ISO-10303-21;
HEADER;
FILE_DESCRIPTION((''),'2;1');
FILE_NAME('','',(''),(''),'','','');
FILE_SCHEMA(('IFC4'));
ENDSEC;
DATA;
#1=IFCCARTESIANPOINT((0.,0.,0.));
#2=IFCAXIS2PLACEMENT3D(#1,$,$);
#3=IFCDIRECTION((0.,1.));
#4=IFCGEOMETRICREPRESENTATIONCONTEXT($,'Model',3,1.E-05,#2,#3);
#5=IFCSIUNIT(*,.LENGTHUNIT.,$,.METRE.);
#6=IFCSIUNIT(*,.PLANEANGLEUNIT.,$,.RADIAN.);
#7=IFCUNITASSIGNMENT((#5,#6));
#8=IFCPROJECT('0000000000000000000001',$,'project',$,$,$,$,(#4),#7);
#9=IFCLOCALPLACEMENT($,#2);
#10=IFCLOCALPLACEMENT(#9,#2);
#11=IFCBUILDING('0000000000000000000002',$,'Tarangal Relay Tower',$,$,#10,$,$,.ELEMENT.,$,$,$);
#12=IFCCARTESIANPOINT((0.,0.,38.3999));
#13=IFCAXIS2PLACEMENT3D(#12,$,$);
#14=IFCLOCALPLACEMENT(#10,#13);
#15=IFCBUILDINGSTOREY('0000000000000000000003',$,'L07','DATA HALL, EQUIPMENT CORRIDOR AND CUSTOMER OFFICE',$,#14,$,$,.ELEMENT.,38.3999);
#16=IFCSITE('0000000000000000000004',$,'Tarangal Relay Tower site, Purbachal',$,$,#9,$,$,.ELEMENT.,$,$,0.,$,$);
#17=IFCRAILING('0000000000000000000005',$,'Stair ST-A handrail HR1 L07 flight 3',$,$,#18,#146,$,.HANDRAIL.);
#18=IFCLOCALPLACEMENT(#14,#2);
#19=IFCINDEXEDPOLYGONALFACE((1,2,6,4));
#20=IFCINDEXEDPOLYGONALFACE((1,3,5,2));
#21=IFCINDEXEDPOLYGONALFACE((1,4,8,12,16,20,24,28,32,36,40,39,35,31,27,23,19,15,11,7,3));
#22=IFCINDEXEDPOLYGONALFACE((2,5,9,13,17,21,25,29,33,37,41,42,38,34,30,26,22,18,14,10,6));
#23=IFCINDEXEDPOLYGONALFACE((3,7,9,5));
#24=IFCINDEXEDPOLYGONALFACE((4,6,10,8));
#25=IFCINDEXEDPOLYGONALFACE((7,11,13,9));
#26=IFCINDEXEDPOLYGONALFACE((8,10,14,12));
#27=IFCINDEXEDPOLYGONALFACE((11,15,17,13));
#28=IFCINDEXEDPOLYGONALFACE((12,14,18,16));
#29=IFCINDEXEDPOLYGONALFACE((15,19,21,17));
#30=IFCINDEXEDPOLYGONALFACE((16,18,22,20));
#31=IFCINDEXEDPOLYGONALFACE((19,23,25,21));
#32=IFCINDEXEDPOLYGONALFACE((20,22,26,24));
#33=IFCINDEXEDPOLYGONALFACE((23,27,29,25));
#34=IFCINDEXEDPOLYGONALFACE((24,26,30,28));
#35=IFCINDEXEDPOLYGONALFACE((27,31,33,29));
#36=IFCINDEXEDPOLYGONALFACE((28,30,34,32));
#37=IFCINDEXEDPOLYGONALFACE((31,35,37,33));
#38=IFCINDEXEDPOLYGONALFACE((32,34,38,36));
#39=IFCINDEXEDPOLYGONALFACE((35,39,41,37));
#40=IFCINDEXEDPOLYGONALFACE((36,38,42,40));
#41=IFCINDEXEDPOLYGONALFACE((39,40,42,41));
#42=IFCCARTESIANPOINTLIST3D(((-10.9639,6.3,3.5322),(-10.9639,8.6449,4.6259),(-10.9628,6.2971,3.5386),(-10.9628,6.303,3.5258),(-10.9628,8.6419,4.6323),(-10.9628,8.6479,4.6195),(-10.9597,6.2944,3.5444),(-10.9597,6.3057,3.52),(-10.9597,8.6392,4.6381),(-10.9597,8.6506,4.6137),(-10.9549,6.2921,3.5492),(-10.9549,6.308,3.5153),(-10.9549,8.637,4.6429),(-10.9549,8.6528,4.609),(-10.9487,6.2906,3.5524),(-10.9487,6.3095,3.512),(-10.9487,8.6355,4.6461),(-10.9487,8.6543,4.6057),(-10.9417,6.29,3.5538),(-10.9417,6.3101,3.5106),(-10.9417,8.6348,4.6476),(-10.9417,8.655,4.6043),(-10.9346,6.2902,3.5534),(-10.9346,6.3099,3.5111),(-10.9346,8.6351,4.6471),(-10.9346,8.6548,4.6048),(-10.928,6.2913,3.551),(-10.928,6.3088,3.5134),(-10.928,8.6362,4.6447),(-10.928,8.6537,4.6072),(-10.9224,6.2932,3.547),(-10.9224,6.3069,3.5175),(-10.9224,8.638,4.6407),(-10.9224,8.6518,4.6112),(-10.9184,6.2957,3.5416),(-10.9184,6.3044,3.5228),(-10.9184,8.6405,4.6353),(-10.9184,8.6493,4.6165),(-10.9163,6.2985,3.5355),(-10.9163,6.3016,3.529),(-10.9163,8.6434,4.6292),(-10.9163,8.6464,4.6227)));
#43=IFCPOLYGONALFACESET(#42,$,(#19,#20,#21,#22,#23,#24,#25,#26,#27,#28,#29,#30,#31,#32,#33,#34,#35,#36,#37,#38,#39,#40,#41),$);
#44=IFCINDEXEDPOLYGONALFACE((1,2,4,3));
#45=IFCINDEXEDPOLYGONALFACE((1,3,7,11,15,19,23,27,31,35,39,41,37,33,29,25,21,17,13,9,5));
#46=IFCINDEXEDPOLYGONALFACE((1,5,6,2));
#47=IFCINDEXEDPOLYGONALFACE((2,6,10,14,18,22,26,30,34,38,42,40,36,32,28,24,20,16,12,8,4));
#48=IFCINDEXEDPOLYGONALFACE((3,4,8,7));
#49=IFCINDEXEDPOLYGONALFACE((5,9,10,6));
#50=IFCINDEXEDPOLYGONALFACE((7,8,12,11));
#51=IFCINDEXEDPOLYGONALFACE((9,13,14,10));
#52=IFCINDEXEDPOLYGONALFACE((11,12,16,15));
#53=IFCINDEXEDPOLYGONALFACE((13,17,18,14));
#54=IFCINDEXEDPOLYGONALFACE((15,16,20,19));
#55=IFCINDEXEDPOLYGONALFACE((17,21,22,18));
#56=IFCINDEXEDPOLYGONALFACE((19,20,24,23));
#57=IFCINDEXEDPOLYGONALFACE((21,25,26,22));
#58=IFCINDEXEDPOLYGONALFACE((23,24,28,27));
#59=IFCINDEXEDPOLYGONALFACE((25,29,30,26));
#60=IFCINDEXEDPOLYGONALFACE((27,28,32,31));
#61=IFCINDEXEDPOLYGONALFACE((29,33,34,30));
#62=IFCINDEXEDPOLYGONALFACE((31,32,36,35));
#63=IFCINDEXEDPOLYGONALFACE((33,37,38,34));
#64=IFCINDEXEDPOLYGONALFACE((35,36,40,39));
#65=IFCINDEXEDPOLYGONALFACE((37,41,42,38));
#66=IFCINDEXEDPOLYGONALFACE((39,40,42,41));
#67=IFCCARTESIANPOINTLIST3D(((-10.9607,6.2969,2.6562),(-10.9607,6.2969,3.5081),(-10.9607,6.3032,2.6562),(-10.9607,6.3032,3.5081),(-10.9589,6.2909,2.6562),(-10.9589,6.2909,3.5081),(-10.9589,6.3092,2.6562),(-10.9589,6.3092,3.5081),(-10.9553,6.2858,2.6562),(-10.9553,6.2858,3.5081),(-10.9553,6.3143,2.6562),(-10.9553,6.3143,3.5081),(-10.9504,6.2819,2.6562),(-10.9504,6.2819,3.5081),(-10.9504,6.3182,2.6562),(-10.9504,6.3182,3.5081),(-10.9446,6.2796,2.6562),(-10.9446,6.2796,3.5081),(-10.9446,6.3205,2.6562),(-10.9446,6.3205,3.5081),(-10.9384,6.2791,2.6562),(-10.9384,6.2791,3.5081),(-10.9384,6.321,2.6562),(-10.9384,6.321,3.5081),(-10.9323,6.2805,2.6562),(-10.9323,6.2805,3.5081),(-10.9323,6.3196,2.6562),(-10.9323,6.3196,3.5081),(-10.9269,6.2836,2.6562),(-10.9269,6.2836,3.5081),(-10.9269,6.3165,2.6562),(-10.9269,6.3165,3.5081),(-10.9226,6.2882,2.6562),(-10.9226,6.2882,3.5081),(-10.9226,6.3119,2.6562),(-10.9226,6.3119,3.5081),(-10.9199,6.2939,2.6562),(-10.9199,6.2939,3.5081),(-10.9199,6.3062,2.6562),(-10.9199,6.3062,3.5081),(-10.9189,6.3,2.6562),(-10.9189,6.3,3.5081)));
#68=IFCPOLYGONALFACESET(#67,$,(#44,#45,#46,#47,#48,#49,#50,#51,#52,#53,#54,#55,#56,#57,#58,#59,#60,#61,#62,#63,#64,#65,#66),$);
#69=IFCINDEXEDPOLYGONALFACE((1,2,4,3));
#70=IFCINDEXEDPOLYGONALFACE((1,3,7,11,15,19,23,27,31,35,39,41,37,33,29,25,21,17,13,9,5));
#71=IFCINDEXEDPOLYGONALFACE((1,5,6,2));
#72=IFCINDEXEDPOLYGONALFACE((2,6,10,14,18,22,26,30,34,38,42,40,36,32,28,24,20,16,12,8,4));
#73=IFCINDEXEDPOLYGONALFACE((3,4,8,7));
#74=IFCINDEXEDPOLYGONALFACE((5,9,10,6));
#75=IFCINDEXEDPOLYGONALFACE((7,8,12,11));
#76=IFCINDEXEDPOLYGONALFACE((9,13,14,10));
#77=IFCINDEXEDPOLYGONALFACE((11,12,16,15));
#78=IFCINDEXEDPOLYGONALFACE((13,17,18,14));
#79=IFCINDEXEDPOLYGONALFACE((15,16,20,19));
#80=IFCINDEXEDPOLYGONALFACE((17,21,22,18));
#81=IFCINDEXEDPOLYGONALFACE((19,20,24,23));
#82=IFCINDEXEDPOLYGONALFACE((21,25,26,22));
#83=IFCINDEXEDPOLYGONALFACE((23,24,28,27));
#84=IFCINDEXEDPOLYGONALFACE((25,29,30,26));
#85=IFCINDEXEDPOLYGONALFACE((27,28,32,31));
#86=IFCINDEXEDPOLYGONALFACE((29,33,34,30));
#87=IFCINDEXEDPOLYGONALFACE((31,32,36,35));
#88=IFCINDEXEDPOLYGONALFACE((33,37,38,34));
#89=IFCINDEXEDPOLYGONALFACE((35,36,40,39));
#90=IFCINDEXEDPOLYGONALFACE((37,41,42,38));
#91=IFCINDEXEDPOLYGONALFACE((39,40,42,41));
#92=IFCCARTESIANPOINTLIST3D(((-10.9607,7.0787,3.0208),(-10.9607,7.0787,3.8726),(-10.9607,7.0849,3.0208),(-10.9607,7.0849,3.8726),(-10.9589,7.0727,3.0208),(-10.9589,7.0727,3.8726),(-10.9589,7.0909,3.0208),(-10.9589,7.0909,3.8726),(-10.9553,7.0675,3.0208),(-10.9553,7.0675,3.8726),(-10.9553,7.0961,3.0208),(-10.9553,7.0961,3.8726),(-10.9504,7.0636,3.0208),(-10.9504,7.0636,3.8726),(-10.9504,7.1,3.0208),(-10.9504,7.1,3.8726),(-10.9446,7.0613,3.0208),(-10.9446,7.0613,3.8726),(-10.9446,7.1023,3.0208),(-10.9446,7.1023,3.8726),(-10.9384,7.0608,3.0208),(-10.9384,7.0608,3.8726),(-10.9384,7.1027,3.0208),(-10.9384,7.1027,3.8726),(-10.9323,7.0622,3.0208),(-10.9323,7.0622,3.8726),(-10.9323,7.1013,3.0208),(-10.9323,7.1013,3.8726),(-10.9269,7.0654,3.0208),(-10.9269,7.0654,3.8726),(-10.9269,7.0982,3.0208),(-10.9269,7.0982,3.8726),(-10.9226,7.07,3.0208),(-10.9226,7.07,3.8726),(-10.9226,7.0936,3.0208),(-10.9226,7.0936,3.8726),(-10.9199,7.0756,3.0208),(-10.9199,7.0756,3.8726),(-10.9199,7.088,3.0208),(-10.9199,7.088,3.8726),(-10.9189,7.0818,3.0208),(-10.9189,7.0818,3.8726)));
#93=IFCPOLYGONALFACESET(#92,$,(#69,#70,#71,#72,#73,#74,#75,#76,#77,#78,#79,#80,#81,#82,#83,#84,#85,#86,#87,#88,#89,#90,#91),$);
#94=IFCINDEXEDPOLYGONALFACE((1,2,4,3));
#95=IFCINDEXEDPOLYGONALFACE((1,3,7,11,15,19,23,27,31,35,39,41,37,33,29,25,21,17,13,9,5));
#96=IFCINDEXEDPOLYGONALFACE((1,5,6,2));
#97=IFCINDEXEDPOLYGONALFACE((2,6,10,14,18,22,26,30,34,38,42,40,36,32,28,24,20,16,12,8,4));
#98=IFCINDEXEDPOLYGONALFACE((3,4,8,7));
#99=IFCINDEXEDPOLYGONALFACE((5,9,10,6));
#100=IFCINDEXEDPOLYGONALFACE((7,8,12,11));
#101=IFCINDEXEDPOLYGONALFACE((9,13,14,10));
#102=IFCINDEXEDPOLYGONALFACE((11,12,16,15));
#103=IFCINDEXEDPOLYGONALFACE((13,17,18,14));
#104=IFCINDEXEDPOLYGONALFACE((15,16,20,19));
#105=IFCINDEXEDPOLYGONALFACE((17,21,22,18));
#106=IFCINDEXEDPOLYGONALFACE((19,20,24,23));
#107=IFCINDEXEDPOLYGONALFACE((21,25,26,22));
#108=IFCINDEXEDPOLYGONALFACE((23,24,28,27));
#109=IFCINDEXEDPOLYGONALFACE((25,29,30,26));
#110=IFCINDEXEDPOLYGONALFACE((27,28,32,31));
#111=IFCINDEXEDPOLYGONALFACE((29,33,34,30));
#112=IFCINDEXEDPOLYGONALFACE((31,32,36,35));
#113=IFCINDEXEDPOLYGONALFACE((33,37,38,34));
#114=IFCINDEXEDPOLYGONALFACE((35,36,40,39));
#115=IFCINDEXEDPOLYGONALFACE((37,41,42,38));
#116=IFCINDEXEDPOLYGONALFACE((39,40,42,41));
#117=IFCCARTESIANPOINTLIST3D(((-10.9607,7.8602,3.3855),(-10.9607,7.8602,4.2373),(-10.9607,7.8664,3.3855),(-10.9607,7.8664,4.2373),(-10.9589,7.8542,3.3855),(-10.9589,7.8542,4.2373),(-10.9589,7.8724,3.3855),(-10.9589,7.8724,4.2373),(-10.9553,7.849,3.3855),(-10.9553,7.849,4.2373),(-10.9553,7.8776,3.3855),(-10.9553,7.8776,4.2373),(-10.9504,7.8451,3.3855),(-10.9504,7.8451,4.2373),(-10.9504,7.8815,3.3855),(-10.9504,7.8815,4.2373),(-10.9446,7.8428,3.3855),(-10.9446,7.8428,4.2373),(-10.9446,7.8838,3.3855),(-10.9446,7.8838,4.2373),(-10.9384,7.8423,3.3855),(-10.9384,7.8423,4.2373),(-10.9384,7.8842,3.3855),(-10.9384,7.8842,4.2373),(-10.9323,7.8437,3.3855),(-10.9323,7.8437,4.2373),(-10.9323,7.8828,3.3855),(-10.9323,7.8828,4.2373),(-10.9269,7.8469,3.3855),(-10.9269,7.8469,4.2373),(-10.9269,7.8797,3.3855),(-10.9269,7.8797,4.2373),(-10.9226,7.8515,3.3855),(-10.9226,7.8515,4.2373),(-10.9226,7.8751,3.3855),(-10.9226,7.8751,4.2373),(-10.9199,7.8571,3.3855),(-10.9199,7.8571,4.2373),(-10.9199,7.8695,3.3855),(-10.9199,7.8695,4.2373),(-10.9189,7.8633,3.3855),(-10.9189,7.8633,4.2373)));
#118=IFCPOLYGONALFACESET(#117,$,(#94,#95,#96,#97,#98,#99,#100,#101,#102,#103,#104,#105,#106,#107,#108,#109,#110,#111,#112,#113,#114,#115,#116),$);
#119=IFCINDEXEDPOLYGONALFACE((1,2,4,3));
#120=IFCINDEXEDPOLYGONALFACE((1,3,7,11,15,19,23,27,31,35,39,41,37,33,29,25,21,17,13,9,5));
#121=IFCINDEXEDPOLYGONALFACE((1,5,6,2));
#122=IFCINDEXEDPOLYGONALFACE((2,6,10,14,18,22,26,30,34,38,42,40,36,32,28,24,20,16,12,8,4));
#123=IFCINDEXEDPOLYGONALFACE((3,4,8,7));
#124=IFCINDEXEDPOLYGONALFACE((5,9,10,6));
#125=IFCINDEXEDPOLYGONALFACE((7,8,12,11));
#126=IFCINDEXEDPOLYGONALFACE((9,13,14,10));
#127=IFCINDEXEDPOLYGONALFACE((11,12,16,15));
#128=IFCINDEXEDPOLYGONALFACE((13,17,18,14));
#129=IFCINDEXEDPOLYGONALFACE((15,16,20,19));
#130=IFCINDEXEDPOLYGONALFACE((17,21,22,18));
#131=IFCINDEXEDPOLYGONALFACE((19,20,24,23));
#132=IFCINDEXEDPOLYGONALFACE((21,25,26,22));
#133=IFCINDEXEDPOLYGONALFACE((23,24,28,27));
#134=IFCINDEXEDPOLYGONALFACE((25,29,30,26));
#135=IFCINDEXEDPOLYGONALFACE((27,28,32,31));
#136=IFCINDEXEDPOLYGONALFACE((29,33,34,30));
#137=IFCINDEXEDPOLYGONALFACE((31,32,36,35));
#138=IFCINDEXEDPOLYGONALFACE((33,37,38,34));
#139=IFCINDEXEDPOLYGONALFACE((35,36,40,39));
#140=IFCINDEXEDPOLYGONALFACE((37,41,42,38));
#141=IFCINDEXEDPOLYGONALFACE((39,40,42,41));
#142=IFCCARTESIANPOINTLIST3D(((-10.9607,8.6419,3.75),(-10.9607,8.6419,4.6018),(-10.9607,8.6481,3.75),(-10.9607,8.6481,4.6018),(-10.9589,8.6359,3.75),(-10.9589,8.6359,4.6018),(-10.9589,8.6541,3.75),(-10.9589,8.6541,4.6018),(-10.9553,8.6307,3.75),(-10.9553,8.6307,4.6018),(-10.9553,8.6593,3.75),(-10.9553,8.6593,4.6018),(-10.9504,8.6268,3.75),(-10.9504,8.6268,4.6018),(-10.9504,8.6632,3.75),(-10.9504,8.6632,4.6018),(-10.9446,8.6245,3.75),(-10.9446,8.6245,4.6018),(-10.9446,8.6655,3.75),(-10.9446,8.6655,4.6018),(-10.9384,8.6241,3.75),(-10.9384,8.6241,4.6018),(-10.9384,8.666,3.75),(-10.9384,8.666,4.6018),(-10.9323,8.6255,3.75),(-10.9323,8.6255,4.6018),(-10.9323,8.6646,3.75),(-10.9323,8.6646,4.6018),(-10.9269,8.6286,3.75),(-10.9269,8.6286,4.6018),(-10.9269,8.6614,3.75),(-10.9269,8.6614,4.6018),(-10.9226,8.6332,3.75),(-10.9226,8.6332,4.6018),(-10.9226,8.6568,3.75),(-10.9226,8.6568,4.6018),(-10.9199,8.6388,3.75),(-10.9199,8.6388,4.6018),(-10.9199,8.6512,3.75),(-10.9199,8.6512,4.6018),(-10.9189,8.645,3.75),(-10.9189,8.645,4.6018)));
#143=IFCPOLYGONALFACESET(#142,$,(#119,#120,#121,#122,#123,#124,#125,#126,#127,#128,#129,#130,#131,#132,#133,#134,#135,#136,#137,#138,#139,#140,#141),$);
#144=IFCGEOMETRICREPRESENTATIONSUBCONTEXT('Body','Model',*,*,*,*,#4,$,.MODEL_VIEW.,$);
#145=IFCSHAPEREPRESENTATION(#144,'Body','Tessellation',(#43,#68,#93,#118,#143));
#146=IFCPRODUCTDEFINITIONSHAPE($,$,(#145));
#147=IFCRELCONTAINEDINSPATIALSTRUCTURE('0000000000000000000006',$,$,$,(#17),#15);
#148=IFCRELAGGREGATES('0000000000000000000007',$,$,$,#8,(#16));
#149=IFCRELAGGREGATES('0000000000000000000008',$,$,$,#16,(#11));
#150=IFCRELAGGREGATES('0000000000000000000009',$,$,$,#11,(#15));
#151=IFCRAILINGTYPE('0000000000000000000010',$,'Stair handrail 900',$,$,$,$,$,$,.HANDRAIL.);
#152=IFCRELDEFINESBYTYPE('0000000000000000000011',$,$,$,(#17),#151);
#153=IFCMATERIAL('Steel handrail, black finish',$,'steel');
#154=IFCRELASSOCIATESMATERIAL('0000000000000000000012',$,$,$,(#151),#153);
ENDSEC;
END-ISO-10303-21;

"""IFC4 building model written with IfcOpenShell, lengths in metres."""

from ifc_helpers import new_model, si_unit, direction, frame, origin, origin_2d, place, context, subcontext, project, spatial, circle, extrude, material, type_object, element, save


model = new_model("IFC4")

# Units and contexts
model_context = context("Model", 3, precision=1e-05, world=origin(), true_north=direction((0.0, 1.0)))
body_context = subcontext(model_context, "Body", "Model", "MODEL_VIEW")
ifc_project = project(units=[si_unit("LENGTHUNIT", "METRE"), si_unit("PLANEANGLEUNIT", "RADIAN")], contexts=[model_context])

# Site, building, storey
site_placement = place(None, origin())
site = spatial("IfcSite", under=ifc_project, at=site_placement, Name="Tarangal Relay Tower site, Purbachal", CompositionType="ELEMENT", RefElevation=0.0)
building_placement = place(site_placement, origin())
building = spatial("IfcBuilding", under=site, at=building_placement, Name="Tarangal Relay Tower", CompositionType="ELEMENT")
storey_placement = place(building_placement, frame((0.0, 0.0, 38.3999)))
storey = spatial("IfcBuildingStorey", under=building, at=storey_placement, Name="L07", Description="DATA HALL, EQUIPMENT CORRIDOR AND CUSTOMER OFFICE", CompositionType="ELEMENT", Elevation=38.3999)

# Railing
ifc_material_1 = material(Name="Steel handrail, black finish", Category="steel")
railing_type_1 = type_object("IfcRailingType", Name="Stair handrail 900", PredefinedType="HANDRAIL", material=ifc_material_1)
for number, where, name in (
    (1, (-10.9399, 6.3, 2.6562), "Stair ST-A handrail HR1 L07 flight 3"),
):
    element("IfcRailing", number, at=place(storey_placement, frame(where)), inside=storey, type_object=railing_type_1, Name=name, PredefinedType="HANDRAIL", context=body_context, shape_type="SweptSolid", body=[
        extrude(circle(Radius=0.0239, at=origin_2d()), frame((0.0, 0.0, 0.876), z_axis=(0.0, 0.906267, 0.422705), x_axis=(-1.0, 0.0, 0.0)), (0.0, 0.0, 1.0), 2.5874),
        extrude(circle(Radius=0.021, at=origin_2d()), origin(), (0.0, 0.0, 1.0), 0.8518),
        extrude(circle(Radius=0.021, at=origin_2d()), frame((0.0, 0.7817, 0.3645)), (0.0, 0.0, 1.0), 0.8518),
        extrude(circle(Radius=0.021, at=origin_2d()), frame((0.0, 1.5632, 0.7292)), (0.0, 0.0, 1.0), 0.8518),
        extrude(circle(Radius=0.021, at=origin_2d()), frame((0.0, 2.345, 1.0938)), (0.0, 0.0, 1.0), 0.8518),
    ])

save(model, "model.ifc")
